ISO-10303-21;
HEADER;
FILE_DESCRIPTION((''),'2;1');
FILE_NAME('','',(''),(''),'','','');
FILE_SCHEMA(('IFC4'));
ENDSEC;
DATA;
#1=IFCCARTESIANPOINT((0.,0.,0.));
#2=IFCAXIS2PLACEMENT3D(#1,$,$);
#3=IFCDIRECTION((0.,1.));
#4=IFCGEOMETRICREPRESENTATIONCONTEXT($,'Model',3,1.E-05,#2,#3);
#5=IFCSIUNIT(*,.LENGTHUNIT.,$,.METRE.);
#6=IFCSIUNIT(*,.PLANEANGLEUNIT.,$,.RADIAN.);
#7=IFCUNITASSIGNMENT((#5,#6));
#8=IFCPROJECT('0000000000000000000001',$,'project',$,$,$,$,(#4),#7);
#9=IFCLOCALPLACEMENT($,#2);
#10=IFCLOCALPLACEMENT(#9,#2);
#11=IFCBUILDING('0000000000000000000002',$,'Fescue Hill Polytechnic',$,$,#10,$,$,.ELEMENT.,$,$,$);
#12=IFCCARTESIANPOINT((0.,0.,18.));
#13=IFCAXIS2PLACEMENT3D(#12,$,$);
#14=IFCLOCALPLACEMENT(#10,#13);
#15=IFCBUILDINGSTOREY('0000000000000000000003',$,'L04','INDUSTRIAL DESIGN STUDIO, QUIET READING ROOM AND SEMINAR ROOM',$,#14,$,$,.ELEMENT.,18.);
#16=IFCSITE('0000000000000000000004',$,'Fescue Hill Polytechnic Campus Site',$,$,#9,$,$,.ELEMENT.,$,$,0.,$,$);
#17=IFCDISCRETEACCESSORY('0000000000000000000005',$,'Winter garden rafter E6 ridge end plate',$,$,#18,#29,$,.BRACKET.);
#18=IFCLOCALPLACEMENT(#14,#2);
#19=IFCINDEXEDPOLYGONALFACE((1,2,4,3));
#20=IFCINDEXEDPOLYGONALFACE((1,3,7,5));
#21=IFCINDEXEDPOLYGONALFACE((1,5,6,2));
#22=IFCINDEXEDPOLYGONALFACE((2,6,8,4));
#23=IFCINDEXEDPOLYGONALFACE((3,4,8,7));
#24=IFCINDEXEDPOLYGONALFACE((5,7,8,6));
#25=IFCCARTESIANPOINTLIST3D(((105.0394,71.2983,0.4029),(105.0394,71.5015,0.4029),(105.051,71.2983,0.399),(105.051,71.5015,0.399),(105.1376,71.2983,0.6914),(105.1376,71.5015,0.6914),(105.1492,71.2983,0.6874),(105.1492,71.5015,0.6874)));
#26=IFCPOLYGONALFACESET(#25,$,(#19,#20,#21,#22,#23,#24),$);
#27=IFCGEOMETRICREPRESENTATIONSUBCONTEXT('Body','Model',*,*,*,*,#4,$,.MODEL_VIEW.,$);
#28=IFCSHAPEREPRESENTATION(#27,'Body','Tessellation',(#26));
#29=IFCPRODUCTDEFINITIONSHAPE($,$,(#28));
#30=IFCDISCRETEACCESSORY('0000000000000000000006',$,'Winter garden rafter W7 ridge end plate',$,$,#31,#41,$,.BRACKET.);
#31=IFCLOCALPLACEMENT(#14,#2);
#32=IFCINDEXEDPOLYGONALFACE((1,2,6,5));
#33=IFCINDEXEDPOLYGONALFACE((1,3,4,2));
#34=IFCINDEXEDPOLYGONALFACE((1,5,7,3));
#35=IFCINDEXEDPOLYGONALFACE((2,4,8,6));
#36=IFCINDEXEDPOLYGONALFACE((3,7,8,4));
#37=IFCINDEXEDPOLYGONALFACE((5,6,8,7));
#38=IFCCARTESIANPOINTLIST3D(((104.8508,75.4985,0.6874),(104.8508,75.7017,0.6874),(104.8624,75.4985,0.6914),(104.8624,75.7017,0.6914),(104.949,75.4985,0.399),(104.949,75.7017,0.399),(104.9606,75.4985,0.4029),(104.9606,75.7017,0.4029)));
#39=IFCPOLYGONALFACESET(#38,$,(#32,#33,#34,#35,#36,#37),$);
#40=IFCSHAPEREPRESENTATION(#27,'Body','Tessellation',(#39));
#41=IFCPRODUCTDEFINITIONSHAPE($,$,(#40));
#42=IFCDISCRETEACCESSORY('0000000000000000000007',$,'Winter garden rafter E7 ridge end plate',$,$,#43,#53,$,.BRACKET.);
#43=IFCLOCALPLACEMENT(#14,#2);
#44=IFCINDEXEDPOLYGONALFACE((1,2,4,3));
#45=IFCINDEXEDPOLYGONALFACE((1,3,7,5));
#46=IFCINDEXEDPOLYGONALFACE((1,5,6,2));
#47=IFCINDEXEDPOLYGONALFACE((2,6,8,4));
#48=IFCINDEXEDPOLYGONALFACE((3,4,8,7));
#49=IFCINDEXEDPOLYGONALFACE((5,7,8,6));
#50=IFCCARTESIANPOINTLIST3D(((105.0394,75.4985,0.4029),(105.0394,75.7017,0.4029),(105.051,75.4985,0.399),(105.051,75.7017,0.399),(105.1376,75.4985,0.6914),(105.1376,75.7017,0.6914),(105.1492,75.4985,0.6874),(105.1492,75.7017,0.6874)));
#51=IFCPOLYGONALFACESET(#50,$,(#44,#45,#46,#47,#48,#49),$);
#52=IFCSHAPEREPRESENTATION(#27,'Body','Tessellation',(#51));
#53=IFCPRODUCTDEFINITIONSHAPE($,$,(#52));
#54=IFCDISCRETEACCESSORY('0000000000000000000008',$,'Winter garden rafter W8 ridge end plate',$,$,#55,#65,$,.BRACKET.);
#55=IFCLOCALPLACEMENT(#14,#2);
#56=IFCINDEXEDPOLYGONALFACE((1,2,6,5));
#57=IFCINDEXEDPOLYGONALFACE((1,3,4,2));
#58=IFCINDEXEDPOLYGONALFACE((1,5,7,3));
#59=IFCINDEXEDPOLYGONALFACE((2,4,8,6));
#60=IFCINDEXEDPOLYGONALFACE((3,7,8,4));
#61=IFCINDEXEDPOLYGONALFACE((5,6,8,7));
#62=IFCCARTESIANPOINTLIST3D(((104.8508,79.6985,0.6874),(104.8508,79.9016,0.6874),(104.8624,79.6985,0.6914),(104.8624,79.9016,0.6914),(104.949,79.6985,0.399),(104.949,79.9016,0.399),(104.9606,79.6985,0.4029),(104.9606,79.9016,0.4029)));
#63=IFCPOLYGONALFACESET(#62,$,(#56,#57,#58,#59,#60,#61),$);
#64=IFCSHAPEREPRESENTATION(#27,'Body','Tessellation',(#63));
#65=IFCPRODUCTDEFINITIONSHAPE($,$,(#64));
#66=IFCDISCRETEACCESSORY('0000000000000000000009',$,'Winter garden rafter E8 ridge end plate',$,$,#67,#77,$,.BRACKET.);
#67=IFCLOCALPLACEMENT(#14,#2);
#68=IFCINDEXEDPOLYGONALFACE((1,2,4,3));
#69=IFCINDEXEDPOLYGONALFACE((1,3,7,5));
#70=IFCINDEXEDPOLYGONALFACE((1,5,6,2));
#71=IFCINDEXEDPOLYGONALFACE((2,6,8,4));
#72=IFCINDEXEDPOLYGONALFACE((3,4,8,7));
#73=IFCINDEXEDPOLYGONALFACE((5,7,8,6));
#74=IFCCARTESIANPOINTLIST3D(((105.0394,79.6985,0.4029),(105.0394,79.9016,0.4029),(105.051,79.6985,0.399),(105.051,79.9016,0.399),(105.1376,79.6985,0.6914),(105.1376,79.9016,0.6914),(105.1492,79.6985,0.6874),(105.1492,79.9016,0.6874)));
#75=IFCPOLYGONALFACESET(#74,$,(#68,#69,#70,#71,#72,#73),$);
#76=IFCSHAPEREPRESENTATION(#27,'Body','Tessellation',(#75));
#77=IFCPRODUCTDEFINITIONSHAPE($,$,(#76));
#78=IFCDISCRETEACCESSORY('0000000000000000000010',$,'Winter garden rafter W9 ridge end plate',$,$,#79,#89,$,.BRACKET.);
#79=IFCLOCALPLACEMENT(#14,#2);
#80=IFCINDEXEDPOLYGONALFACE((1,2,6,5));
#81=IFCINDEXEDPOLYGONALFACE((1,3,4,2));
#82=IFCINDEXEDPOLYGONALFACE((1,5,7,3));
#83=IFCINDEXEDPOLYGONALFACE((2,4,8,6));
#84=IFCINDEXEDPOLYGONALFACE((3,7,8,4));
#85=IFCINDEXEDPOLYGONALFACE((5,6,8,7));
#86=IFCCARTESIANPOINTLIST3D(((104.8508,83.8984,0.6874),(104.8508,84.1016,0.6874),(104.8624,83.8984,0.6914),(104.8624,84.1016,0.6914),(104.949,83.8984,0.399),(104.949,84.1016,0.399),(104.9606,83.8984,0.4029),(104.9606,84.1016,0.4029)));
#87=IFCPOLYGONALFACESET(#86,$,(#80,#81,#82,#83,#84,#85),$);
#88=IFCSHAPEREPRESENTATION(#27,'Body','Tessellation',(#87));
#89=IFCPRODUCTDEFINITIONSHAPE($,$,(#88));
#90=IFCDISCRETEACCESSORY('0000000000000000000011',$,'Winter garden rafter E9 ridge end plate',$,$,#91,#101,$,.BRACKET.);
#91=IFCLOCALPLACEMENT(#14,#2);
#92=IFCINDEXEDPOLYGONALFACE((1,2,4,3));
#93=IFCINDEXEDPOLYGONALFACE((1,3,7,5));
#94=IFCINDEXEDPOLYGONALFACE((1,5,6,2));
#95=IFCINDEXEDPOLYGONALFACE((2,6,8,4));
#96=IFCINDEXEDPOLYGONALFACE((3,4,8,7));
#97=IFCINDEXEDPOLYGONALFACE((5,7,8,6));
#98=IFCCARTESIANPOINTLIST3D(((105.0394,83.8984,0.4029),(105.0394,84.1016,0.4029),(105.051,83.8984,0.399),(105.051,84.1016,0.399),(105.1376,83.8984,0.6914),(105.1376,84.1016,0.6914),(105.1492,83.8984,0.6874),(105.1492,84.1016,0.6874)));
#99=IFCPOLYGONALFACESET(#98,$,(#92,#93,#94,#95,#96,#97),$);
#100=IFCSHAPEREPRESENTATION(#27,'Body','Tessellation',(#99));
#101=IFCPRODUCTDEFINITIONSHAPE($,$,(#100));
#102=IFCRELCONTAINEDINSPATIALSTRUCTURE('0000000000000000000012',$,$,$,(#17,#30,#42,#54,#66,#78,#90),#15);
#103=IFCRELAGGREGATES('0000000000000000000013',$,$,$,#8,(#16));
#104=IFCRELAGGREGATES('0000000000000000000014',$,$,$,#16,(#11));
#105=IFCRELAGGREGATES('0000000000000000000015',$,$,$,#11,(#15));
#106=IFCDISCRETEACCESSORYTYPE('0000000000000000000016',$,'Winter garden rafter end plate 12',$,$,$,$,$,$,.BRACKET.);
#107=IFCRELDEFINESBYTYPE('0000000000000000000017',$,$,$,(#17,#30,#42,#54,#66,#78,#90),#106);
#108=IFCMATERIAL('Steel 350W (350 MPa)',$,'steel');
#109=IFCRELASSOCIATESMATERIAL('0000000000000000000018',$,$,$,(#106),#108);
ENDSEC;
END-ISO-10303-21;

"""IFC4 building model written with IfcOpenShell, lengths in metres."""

from ifc_helpers import new_model, si_unit, direction, frame, origin, origin_2d, place, context, subcontext, project, spatial, rectangle, extrude, material, material_profile, profile_set, type_object, element, save


model = new_model("IFC4")

# Units and contexts
model_context = context("Model", 3, precision=1e-05, world=origin(), true_north=direction((0.0, 1.0)))
body_context = subcontext(model_context, "Body", "Model", "MODEL_VIEW")
ifc_project = project(units=[si_unit("LENGTHUNIT", "METRE"), si_unit("PLANEANGLEUNIT", "RADIAN")], contexts=[model_context])

# Site, building, storey
site_placement = place(None, origin())
site = spatial("IfcSite", under=ifc_project, at=site_placement, Name="Fescue Hill Polytechnic Campus Site", CompositionType="ELEMENT", RefElevation=0.0)
building_placement = place(site_placement, origin())
building = spatial("IfcBuilding", under=site, at=building_placement, Name="Fescue Hill Polytechnic", CompositionType="ELEMENT")
storey_placement = place(building_placement, frame((0.0, 0.0, 18.0)))
storey = spatial("IfcBuildingStorey", under=building, at=storey_placement, Name="L04", Description="INDUSTRIAL DESIGN STUDIO, QUIET READING ROOM AND SEMINAR ROOM", CompositionType="ELEMENT", Elevation=18.0)

# Shared definitions
ifc_material_1 = material(Name="Steel 350W (350 MPa)", Category="steel")

# Discrete accessories
ifc_material_profile_1 = material_profile(ifc_material_1, rectangle(XDim=0.2031, YDim=0.3047, at=origin_2d()), Name="Winter garden rafter end plate 12")
ifc_profile_set_1 = profile_set([ifc_material_profile_1], Name="Steel 350W (350 MPa)")
discrete_accessory_type = type_object("IfcDiscreteAccessoryType", Name="Winter garden rafter end plate 12", PredefinedType="BRACKET", material=ifc_profile_set_1)
for number, where, z_axis, x_axis, name in (
    (1, (105.1001, 71.3999, 0.5432), (-0.94665, 0.0, 0.322264), (0.0, -1.0, 0.0), "Winter garden rafter E6 ridge end plate"),
    (2, (104.8999, 75.6001, 0.5432), (0.94665, 0.0, 0.322264), (0.0, 1.0, 0.0), "Winter garden rafter W7 ridge end plate"),
    (3, (105.1001, 75.6001, 0.5432), (-0.94665, 0.0, 0.322264), (0.0, -1.0, 0.0), "Winter garden rafter E7 ridge end plate"),
    (4, (104.8999, 79.8, 0.5432), (0.94665, 0.0, 0.322264), (0.0, 1.0, 0.0), "Winter garden rafter W8 ridge end plate"),
    (5, (105.1001, 79.8, 0.5432), (-0.94665, 0.0, 0.322264), (0.0, -1.0, 0.0), "Winter garden rafter E8 ridge end plate"),
    (6, (104.8999, 84.0, 0.5432), (0.94665, 0.0, 0.322264), (0.0, 1.0, 0.0), "Winter garden rafter W9 ridge end plate"),
    (7, (105.1001, 84.0, 0.5432), (-0.94665, 0.0, 0.322264), (0.0, -1.0, 0.0), "Winter garden rafter E9 ridge end plate"),
):
    element("IfcDiscreteAccessory", number, at=place(storey_placement, frame(where, z_axis=z_axis, x_axis=x_axis)), inside=storey, type_object=discrete_accessory_type, Name=name, PredefinedType="BRACKET", context=body_context, shape_type="SweptSolid", body=[
        extrude(rectangle(XDim=0.2031, YDim=0.3047, at=origin_2d()), origin(), (0.0, 0.0, 1.0), 0.0122),
    ])

save(model, "model.ifc")
